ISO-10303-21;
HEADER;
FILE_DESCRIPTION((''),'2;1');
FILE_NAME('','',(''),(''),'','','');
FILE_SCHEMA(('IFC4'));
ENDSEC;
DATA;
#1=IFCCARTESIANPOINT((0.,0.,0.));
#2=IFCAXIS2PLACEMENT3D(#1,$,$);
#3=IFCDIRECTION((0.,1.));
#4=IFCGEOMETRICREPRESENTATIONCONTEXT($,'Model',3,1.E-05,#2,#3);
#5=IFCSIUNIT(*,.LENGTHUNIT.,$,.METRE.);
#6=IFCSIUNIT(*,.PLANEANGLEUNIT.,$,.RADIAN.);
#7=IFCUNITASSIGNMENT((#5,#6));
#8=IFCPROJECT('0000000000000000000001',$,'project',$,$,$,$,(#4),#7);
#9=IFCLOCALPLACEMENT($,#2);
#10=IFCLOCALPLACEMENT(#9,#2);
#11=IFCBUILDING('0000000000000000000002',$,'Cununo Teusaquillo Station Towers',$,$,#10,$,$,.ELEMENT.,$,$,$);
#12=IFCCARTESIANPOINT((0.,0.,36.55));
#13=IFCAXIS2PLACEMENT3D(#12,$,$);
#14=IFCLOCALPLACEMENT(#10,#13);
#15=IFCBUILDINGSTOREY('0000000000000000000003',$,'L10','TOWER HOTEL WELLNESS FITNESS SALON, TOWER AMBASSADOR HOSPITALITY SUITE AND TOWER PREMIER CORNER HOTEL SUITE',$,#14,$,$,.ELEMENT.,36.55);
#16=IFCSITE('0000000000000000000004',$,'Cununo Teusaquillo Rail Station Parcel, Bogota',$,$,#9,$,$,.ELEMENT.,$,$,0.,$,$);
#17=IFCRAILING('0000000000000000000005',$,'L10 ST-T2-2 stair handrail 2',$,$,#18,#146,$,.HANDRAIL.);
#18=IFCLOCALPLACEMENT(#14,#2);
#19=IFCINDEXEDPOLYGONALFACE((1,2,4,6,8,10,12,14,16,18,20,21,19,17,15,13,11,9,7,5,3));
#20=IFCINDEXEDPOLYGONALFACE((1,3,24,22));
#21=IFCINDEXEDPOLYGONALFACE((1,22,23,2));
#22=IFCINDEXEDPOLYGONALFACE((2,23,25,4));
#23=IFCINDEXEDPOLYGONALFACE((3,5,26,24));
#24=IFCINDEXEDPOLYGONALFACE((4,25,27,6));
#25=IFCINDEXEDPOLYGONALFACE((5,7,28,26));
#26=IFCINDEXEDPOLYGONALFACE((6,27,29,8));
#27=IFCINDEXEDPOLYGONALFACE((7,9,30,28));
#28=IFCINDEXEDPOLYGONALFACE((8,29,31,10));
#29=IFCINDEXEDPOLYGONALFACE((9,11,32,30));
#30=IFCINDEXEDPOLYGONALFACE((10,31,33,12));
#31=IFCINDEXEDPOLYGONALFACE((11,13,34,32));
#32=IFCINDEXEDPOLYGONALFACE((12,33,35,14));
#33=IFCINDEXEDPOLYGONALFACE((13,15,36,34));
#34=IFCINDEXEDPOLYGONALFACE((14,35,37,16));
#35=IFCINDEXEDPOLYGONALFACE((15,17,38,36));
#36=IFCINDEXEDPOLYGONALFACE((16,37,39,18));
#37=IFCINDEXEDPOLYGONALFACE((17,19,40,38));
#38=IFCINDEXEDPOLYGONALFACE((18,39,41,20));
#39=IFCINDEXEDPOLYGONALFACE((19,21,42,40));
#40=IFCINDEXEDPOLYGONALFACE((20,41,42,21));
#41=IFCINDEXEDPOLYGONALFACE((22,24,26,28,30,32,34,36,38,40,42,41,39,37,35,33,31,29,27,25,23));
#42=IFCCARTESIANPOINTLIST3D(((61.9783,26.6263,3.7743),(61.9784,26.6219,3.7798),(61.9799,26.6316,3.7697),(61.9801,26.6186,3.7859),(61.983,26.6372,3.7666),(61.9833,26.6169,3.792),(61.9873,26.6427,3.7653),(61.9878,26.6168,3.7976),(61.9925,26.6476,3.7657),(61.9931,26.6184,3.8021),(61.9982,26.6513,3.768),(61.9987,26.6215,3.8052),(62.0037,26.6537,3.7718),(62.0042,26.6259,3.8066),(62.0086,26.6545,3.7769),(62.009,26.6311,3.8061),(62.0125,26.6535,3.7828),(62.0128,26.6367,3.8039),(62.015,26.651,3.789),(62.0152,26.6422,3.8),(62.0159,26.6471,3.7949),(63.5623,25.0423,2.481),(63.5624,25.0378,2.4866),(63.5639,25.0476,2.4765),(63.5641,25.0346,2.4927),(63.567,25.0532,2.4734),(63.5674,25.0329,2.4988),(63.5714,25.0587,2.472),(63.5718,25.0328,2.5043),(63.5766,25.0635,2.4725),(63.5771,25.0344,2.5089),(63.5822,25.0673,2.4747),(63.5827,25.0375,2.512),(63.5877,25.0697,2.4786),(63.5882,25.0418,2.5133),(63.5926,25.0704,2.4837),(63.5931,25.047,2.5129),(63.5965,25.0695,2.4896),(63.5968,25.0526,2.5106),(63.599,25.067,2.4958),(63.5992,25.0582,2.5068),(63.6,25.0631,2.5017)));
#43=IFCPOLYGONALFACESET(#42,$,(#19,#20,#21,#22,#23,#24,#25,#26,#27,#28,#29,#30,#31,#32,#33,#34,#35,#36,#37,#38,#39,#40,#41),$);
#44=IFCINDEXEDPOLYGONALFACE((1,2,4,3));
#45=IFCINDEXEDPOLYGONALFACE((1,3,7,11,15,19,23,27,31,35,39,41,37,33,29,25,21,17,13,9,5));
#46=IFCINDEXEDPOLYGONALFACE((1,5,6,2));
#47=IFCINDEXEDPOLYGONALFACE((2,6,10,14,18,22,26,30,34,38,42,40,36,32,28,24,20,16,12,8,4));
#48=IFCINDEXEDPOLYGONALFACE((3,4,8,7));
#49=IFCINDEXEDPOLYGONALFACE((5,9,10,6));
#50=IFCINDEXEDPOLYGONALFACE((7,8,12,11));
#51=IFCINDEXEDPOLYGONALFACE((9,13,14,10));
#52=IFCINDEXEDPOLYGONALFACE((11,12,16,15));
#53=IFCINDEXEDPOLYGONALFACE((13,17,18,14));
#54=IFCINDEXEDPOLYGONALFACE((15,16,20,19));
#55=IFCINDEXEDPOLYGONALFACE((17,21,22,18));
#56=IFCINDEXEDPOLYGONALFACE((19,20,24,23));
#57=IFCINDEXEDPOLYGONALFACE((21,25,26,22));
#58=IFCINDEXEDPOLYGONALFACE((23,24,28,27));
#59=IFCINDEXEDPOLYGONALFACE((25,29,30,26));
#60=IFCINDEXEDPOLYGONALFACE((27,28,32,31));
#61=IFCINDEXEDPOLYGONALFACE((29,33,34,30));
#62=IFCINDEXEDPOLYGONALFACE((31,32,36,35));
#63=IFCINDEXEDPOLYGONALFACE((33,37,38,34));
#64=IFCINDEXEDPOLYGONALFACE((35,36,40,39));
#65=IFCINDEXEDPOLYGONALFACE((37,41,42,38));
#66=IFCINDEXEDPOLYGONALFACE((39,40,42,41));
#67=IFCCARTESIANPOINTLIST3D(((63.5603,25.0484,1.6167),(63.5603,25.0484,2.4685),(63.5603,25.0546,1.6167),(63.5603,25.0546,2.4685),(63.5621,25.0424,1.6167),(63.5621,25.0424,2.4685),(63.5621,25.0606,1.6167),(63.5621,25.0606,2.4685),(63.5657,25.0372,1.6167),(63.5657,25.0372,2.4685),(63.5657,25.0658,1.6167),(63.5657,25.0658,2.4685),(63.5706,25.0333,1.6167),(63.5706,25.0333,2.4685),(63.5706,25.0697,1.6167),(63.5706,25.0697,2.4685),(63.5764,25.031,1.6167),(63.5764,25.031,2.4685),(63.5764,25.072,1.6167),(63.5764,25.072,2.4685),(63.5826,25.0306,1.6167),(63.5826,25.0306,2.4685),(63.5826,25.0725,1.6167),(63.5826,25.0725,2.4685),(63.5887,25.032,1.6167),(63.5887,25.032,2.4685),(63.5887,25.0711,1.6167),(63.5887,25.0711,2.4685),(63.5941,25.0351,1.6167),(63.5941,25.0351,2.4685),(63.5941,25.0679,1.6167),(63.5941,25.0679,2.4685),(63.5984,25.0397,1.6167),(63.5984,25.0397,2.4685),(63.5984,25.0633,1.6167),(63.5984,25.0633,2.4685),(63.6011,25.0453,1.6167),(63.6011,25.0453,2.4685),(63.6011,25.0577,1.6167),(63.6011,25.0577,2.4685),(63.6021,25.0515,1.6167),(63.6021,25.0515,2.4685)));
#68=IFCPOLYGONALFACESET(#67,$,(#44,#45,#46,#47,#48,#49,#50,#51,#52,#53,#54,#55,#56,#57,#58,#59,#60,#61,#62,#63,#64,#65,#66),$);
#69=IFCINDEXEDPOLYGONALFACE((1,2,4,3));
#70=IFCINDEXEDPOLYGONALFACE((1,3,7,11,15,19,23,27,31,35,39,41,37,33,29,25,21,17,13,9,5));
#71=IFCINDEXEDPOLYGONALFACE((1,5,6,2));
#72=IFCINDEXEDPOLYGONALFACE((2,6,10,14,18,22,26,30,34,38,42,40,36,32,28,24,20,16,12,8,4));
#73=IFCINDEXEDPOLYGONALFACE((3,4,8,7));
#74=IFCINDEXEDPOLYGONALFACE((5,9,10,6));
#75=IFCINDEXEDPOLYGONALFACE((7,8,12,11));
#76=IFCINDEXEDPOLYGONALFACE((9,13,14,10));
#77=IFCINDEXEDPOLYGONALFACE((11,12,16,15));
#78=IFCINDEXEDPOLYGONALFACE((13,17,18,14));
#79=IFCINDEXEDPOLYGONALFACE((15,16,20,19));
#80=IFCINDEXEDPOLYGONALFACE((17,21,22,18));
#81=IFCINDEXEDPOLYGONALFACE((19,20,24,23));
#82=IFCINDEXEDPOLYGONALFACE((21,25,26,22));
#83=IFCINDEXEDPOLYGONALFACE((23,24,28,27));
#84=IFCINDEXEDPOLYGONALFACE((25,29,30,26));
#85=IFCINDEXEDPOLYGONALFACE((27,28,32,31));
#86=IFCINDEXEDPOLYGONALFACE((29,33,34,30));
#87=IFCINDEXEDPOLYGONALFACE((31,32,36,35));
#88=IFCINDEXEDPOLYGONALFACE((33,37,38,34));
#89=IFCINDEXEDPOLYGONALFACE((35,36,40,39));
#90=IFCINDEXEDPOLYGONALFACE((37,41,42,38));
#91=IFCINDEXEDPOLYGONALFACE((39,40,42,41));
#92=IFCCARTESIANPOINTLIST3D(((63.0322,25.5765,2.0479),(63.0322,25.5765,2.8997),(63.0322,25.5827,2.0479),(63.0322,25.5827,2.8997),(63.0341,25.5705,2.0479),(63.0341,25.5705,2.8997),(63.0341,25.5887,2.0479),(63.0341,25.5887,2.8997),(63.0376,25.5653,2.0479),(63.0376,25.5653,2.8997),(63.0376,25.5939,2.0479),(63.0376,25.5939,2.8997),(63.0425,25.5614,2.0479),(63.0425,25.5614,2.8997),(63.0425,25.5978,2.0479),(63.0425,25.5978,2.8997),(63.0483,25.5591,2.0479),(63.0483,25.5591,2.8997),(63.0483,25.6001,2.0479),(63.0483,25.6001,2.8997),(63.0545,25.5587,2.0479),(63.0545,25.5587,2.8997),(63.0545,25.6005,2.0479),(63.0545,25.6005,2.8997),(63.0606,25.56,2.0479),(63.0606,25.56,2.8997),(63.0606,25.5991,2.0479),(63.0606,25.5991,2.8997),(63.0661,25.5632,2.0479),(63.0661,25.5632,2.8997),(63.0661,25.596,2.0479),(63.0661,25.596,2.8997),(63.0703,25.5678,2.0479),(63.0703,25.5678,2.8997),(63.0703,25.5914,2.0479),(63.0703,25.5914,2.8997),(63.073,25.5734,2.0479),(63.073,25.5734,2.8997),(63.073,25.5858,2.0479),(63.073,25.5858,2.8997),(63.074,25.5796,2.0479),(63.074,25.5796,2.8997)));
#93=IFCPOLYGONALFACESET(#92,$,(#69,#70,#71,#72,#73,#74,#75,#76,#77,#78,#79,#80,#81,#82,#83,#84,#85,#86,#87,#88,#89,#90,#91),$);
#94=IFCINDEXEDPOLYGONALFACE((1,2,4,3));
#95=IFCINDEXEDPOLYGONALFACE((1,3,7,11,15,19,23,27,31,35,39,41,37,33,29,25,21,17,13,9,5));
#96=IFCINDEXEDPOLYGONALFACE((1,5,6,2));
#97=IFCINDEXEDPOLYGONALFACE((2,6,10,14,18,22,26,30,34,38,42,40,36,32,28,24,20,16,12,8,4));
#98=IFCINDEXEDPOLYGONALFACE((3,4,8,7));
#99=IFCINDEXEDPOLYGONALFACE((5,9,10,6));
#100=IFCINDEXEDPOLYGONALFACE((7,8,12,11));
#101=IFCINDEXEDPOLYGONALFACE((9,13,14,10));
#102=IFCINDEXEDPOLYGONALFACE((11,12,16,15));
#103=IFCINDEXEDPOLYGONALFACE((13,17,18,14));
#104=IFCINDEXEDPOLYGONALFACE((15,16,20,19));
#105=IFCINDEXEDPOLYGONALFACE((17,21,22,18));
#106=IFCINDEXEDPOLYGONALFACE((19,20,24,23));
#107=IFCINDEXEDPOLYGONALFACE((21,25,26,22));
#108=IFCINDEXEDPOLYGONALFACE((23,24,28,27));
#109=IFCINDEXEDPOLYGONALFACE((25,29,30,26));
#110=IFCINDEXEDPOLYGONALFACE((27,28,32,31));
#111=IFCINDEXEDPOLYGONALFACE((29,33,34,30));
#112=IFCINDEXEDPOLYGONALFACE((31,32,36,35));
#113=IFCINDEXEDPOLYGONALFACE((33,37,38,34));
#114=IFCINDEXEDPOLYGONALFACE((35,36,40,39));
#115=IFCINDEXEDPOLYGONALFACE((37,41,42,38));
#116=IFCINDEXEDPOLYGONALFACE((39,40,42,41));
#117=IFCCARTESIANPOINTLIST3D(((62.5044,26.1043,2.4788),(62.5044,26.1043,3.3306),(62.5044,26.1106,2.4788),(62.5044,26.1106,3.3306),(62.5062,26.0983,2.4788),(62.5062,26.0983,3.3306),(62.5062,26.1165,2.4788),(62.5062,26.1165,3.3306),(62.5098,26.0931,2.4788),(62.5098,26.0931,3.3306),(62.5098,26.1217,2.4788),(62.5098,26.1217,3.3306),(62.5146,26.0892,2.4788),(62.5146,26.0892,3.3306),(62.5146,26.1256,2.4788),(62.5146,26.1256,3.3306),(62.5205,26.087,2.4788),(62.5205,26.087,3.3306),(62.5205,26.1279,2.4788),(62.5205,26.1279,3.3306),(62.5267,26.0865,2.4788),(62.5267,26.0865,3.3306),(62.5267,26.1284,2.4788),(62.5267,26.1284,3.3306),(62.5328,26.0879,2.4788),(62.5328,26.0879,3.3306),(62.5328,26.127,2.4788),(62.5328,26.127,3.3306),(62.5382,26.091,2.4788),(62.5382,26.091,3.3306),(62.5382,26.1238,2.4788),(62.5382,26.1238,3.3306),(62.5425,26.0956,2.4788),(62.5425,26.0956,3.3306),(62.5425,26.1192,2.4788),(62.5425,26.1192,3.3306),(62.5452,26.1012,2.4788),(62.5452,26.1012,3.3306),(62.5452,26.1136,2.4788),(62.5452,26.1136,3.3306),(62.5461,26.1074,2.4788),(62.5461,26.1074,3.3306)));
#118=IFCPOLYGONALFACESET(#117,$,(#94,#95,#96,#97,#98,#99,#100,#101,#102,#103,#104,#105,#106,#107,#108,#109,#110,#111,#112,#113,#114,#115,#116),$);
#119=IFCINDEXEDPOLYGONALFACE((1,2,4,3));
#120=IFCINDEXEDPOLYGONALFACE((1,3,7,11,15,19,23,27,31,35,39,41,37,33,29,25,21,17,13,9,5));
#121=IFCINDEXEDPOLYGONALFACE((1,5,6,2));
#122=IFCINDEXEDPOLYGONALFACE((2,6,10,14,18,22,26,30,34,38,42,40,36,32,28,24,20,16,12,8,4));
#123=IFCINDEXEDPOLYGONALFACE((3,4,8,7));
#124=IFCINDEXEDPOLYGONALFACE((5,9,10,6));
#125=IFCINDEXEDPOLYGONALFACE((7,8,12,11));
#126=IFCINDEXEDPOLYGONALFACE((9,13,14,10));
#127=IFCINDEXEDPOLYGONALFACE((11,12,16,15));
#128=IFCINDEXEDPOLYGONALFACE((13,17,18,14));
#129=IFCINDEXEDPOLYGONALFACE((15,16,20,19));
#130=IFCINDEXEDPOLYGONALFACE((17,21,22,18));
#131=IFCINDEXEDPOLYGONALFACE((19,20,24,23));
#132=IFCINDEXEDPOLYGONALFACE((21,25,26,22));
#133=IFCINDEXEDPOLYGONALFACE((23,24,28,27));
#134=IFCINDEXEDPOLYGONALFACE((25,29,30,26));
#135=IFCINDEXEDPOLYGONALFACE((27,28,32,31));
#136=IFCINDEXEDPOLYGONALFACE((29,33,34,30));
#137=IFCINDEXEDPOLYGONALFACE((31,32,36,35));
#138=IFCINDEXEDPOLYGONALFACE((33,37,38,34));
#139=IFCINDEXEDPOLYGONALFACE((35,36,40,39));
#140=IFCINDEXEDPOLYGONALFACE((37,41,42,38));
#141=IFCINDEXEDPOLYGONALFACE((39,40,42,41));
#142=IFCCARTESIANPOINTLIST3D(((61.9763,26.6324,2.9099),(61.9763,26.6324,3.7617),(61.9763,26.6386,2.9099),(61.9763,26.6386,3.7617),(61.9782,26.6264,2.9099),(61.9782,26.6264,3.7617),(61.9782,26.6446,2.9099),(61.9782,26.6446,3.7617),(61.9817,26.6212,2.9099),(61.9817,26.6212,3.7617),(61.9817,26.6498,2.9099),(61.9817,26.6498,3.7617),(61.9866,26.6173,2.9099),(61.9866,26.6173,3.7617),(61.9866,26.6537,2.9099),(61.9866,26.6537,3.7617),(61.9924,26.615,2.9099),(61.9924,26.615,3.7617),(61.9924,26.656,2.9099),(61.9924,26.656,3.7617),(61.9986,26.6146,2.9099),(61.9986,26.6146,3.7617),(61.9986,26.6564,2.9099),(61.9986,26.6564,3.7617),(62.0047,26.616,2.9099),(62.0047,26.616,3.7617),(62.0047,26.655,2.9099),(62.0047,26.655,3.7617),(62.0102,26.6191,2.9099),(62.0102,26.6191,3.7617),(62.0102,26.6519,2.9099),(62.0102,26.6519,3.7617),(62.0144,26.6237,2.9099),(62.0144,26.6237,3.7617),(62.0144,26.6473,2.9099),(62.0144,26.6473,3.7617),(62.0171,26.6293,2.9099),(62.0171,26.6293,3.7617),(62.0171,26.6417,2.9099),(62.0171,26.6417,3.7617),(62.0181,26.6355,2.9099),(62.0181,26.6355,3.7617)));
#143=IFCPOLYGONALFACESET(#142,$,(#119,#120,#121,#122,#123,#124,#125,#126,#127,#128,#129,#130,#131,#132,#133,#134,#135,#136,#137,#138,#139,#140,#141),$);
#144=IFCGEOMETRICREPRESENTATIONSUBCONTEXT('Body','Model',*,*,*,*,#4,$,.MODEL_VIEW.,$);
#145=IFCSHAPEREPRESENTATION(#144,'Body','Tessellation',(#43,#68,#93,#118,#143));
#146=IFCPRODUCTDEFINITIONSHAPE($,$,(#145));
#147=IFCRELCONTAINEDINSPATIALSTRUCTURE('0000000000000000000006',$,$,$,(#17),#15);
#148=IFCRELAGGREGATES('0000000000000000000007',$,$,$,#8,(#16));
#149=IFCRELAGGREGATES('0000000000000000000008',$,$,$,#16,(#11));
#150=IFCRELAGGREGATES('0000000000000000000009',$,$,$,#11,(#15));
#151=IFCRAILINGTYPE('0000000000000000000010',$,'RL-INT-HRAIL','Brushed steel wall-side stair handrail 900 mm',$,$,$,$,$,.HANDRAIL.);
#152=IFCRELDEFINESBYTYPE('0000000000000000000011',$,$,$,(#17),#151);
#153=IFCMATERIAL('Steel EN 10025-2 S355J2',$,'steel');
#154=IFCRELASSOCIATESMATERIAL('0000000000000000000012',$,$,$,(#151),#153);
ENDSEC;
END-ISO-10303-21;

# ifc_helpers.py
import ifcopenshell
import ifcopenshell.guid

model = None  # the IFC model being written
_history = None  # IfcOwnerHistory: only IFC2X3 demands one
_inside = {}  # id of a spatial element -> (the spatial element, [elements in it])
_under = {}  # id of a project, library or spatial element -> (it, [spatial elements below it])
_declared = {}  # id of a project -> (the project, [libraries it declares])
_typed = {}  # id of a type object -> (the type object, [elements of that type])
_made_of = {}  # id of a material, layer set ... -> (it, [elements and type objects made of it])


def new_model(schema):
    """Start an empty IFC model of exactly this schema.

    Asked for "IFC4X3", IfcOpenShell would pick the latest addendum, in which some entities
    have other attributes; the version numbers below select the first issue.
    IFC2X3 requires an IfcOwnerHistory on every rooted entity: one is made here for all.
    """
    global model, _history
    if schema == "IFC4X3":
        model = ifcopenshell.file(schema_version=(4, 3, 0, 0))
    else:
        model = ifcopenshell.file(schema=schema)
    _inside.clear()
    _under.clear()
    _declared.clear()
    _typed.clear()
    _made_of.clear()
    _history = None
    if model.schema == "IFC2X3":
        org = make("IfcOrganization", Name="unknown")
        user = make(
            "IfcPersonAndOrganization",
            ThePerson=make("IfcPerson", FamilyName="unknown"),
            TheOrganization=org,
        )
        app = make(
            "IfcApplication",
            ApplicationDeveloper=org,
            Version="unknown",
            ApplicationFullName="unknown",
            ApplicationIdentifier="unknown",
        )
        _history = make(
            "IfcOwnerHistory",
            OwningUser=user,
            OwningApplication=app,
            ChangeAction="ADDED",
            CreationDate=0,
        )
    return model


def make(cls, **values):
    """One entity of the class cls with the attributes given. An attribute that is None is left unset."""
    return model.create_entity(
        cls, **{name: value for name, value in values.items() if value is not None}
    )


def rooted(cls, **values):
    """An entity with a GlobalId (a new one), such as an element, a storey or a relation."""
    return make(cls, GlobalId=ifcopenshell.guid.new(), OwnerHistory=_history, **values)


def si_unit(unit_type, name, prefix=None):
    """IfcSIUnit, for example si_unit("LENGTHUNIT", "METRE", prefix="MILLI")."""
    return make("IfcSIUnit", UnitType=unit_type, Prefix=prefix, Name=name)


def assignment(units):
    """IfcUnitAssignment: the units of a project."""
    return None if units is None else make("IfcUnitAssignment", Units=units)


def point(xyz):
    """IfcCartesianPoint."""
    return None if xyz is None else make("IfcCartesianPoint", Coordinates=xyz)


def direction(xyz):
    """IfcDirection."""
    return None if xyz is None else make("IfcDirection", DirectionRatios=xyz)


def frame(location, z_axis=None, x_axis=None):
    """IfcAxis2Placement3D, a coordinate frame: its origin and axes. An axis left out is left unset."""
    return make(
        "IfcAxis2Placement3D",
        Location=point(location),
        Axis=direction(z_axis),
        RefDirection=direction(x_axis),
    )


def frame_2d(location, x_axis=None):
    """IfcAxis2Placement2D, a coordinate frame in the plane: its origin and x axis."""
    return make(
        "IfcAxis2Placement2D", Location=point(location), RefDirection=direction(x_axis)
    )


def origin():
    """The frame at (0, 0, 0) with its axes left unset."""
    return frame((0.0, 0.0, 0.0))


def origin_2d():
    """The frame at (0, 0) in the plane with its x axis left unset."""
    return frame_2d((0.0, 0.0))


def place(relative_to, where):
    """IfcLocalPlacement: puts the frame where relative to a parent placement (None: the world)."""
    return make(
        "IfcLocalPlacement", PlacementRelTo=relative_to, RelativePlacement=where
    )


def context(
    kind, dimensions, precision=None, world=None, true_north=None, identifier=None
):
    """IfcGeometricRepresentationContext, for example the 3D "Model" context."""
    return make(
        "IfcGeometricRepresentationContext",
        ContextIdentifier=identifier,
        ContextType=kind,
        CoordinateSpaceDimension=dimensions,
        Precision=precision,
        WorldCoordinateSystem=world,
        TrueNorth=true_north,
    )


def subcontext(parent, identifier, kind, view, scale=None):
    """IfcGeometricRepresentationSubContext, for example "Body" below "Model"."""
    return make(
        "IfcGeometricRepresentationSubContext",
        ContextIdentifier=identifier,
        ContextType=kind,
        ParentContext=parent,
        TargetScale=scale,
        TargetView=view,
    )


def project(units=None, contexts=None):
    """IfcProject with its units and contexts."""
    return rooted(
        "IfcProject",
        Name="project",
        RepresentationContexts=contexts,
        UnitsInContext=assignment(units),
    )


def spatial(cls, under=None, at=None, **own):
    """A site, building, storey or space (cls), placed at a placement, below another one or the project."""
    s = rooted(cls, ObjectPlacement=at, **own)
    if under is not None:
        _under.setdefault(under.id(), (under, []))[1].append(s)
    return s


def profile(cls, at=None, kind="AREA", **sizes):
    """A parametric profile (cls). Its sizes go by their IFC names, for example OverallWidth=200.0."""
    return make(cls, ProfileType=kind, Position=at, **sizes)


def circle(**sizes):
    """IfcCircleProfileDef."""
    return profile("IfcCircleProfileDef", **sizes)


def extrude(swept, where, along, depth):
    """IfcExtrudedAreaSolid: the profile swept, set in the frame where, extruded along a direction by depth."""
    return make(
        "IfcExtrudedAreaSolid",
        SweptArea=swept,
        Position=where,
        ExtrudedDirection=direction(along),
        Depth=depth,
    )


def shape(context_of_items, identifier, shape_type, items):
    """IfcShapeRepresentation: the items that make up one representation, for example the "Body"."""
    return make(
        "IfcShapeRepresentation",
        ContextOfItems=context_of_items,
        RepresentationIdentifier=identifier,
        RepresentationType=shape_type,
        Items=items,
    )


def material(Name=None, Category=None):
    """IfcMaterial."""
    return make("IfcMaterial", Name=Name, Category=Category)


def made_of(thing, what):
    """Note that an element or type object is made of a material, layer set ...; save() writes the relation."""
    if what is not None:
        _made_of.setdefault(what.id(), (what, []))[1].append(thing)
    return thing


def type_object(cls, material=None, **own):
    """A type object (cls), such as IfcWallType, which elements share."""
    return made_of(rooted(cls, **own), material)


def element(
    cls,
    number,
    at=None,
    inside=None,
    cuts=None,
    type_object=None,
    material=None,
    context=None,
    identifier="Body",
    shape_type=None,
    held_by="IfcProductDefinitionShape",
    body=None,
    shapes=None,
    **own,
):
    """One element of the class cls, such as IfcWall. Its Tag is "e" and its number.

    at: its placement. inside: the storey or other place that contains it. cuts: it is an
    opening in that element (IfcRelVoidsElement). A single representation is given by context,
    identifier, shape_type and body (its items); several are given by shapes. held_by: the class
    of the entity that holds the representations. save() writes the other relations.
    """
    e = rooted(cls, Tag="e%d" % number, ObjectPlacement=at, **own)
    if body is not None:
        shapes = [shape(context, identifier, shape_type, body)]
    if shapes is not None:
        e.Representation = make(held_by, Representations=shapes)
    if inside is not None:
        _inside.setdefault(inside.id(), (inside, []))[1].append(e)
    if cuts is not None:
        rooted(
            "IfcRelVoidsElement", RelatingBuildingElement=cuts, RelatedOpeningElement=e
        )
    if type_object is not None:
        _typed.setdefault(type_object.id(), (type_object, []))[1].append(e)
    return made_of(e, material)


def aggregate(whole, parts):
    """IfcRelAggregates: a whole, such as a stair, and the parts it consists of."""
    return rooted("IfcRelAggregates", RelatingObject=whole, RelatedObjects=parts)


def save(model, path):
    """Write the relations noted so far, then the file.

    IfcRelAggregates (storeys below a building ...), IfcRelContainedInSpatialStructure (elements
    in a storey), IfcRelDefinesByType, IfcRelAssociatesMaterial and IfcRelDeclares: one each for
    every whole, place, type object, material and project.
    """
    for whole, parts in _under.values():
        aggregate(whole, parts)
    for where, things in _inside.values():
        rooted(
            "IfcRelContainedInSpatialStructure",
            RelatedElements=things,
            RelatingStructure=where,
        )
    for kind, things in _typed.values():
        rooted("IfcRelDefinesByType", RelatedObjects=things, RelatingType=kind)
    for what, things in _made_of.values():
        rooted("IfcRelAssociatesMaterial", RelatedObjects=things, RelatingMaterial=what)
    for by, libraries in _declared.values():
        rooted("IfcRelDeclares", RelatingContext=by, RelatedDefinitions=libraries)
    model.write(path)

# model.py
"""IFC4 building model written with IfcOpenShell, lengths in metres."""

from ifc_helpers import new_model, si_unit, direction, frame, origin, origin_2d, place, context, subcontext, project, spatial, circle, extrude, material, type_object, element, save


model = new_model("IFC4")

# Units and contexts
model_context = context("Model", 3, precision=1e-05, world=origin(), true_north=direction((0.0, 1.0)))
body_context = subcontext(model_context, "Body", "Model", "MODEL_VIEW")
ifc_project = project(units=[si_unit("LENGTHUNIT", "METRE"), si_unit("PLANEANGLEUNIT", "RADIAN")], contexts=[model_context])

# Site, building, storey
site_placement = place(None, origin())
site = spatial("IfcSite", under=ifc_project, at=site_placement, Name="Cununo Teusaquillo Rail Station Parcel, Bogota", CompositionType="ELEMENT", RefElevation=0.0)
building_placement = place(site_placement, origin())
building = spatial("IfcBuilding", under=site, at=building_placement, Name="Cununo Teusaquillo Station Towers", CompositionType="ELEMENT")
storey_placement = place(building_placement, frame((0.0, 0.0, 36.55)))
storey = spatial("IfcBuildingStorey", under=building, at=storey_placement, Name="L10", Description="TOWER HOTEL WELLNESS FITNESS SALON, TOWER AMBASSADOR HOSPITALITY SUITE AND TOWER PREMIER CORNER HOTEL SUITE", CompositionType="ELEMENT", Elevation=36.55)

# Railing
ifc_material_1 = material(Name="Steel EN 10025-2 S355J2", Category="steel")
railing_type_1 = type_object("IfcRailingType", Name="RL-INT-HRAIL", Description="Brushed steel wall-side stair handrail 900 mm", PredefinedType="HANDRAIL", material=ifc_material_1)
railing_1_placement = place(storey_placement, frame((63.5811, 25.0515, 1.6167)))
element("IfcRailing", 1, at=railing_1_placement, inside=storey, type_object=railing_type_1, Name="L10 ST-T2-2 stair handrail 2", PredefinedType="HANDRAIL", context=body_context, shape_type="SweptSolid", body=[
    extrude(circle(Radius=0.0239, at=origin_2d()), frame((0.0, 0.0, 0.876), z_axis=(-0.612385, 0.612385, 0.49997), x_axis=(-0.707107, -0.707107, 0.0)), (0.0, 0.0, 1.0), 2.5867),
    extrude(circle(Radius=0.021, at=origin_2d()), origin(), (0.0, 0.0, 1.0), 0.8518),
    extrude(circle(Radius=0.021, at=origin_2d()), frame((-0.5281, 0.5281, 0.4312)), (0.0, 0.0, 1.0), 0.8518),
    extrude(circle(Radius=0.021, at=origin_2d()), frame((-1.0559, 1.0559, 0.8621)), (0.0, 0.0, 1.0), 0.8518),
    extrude(circle(Radius=0.021, at=origin_2d()), frame((-1.584, 1.584, 1.2932)), (0.0, 0.0, 1.0), 0.8518),
])

save(model, "model.ifc")
